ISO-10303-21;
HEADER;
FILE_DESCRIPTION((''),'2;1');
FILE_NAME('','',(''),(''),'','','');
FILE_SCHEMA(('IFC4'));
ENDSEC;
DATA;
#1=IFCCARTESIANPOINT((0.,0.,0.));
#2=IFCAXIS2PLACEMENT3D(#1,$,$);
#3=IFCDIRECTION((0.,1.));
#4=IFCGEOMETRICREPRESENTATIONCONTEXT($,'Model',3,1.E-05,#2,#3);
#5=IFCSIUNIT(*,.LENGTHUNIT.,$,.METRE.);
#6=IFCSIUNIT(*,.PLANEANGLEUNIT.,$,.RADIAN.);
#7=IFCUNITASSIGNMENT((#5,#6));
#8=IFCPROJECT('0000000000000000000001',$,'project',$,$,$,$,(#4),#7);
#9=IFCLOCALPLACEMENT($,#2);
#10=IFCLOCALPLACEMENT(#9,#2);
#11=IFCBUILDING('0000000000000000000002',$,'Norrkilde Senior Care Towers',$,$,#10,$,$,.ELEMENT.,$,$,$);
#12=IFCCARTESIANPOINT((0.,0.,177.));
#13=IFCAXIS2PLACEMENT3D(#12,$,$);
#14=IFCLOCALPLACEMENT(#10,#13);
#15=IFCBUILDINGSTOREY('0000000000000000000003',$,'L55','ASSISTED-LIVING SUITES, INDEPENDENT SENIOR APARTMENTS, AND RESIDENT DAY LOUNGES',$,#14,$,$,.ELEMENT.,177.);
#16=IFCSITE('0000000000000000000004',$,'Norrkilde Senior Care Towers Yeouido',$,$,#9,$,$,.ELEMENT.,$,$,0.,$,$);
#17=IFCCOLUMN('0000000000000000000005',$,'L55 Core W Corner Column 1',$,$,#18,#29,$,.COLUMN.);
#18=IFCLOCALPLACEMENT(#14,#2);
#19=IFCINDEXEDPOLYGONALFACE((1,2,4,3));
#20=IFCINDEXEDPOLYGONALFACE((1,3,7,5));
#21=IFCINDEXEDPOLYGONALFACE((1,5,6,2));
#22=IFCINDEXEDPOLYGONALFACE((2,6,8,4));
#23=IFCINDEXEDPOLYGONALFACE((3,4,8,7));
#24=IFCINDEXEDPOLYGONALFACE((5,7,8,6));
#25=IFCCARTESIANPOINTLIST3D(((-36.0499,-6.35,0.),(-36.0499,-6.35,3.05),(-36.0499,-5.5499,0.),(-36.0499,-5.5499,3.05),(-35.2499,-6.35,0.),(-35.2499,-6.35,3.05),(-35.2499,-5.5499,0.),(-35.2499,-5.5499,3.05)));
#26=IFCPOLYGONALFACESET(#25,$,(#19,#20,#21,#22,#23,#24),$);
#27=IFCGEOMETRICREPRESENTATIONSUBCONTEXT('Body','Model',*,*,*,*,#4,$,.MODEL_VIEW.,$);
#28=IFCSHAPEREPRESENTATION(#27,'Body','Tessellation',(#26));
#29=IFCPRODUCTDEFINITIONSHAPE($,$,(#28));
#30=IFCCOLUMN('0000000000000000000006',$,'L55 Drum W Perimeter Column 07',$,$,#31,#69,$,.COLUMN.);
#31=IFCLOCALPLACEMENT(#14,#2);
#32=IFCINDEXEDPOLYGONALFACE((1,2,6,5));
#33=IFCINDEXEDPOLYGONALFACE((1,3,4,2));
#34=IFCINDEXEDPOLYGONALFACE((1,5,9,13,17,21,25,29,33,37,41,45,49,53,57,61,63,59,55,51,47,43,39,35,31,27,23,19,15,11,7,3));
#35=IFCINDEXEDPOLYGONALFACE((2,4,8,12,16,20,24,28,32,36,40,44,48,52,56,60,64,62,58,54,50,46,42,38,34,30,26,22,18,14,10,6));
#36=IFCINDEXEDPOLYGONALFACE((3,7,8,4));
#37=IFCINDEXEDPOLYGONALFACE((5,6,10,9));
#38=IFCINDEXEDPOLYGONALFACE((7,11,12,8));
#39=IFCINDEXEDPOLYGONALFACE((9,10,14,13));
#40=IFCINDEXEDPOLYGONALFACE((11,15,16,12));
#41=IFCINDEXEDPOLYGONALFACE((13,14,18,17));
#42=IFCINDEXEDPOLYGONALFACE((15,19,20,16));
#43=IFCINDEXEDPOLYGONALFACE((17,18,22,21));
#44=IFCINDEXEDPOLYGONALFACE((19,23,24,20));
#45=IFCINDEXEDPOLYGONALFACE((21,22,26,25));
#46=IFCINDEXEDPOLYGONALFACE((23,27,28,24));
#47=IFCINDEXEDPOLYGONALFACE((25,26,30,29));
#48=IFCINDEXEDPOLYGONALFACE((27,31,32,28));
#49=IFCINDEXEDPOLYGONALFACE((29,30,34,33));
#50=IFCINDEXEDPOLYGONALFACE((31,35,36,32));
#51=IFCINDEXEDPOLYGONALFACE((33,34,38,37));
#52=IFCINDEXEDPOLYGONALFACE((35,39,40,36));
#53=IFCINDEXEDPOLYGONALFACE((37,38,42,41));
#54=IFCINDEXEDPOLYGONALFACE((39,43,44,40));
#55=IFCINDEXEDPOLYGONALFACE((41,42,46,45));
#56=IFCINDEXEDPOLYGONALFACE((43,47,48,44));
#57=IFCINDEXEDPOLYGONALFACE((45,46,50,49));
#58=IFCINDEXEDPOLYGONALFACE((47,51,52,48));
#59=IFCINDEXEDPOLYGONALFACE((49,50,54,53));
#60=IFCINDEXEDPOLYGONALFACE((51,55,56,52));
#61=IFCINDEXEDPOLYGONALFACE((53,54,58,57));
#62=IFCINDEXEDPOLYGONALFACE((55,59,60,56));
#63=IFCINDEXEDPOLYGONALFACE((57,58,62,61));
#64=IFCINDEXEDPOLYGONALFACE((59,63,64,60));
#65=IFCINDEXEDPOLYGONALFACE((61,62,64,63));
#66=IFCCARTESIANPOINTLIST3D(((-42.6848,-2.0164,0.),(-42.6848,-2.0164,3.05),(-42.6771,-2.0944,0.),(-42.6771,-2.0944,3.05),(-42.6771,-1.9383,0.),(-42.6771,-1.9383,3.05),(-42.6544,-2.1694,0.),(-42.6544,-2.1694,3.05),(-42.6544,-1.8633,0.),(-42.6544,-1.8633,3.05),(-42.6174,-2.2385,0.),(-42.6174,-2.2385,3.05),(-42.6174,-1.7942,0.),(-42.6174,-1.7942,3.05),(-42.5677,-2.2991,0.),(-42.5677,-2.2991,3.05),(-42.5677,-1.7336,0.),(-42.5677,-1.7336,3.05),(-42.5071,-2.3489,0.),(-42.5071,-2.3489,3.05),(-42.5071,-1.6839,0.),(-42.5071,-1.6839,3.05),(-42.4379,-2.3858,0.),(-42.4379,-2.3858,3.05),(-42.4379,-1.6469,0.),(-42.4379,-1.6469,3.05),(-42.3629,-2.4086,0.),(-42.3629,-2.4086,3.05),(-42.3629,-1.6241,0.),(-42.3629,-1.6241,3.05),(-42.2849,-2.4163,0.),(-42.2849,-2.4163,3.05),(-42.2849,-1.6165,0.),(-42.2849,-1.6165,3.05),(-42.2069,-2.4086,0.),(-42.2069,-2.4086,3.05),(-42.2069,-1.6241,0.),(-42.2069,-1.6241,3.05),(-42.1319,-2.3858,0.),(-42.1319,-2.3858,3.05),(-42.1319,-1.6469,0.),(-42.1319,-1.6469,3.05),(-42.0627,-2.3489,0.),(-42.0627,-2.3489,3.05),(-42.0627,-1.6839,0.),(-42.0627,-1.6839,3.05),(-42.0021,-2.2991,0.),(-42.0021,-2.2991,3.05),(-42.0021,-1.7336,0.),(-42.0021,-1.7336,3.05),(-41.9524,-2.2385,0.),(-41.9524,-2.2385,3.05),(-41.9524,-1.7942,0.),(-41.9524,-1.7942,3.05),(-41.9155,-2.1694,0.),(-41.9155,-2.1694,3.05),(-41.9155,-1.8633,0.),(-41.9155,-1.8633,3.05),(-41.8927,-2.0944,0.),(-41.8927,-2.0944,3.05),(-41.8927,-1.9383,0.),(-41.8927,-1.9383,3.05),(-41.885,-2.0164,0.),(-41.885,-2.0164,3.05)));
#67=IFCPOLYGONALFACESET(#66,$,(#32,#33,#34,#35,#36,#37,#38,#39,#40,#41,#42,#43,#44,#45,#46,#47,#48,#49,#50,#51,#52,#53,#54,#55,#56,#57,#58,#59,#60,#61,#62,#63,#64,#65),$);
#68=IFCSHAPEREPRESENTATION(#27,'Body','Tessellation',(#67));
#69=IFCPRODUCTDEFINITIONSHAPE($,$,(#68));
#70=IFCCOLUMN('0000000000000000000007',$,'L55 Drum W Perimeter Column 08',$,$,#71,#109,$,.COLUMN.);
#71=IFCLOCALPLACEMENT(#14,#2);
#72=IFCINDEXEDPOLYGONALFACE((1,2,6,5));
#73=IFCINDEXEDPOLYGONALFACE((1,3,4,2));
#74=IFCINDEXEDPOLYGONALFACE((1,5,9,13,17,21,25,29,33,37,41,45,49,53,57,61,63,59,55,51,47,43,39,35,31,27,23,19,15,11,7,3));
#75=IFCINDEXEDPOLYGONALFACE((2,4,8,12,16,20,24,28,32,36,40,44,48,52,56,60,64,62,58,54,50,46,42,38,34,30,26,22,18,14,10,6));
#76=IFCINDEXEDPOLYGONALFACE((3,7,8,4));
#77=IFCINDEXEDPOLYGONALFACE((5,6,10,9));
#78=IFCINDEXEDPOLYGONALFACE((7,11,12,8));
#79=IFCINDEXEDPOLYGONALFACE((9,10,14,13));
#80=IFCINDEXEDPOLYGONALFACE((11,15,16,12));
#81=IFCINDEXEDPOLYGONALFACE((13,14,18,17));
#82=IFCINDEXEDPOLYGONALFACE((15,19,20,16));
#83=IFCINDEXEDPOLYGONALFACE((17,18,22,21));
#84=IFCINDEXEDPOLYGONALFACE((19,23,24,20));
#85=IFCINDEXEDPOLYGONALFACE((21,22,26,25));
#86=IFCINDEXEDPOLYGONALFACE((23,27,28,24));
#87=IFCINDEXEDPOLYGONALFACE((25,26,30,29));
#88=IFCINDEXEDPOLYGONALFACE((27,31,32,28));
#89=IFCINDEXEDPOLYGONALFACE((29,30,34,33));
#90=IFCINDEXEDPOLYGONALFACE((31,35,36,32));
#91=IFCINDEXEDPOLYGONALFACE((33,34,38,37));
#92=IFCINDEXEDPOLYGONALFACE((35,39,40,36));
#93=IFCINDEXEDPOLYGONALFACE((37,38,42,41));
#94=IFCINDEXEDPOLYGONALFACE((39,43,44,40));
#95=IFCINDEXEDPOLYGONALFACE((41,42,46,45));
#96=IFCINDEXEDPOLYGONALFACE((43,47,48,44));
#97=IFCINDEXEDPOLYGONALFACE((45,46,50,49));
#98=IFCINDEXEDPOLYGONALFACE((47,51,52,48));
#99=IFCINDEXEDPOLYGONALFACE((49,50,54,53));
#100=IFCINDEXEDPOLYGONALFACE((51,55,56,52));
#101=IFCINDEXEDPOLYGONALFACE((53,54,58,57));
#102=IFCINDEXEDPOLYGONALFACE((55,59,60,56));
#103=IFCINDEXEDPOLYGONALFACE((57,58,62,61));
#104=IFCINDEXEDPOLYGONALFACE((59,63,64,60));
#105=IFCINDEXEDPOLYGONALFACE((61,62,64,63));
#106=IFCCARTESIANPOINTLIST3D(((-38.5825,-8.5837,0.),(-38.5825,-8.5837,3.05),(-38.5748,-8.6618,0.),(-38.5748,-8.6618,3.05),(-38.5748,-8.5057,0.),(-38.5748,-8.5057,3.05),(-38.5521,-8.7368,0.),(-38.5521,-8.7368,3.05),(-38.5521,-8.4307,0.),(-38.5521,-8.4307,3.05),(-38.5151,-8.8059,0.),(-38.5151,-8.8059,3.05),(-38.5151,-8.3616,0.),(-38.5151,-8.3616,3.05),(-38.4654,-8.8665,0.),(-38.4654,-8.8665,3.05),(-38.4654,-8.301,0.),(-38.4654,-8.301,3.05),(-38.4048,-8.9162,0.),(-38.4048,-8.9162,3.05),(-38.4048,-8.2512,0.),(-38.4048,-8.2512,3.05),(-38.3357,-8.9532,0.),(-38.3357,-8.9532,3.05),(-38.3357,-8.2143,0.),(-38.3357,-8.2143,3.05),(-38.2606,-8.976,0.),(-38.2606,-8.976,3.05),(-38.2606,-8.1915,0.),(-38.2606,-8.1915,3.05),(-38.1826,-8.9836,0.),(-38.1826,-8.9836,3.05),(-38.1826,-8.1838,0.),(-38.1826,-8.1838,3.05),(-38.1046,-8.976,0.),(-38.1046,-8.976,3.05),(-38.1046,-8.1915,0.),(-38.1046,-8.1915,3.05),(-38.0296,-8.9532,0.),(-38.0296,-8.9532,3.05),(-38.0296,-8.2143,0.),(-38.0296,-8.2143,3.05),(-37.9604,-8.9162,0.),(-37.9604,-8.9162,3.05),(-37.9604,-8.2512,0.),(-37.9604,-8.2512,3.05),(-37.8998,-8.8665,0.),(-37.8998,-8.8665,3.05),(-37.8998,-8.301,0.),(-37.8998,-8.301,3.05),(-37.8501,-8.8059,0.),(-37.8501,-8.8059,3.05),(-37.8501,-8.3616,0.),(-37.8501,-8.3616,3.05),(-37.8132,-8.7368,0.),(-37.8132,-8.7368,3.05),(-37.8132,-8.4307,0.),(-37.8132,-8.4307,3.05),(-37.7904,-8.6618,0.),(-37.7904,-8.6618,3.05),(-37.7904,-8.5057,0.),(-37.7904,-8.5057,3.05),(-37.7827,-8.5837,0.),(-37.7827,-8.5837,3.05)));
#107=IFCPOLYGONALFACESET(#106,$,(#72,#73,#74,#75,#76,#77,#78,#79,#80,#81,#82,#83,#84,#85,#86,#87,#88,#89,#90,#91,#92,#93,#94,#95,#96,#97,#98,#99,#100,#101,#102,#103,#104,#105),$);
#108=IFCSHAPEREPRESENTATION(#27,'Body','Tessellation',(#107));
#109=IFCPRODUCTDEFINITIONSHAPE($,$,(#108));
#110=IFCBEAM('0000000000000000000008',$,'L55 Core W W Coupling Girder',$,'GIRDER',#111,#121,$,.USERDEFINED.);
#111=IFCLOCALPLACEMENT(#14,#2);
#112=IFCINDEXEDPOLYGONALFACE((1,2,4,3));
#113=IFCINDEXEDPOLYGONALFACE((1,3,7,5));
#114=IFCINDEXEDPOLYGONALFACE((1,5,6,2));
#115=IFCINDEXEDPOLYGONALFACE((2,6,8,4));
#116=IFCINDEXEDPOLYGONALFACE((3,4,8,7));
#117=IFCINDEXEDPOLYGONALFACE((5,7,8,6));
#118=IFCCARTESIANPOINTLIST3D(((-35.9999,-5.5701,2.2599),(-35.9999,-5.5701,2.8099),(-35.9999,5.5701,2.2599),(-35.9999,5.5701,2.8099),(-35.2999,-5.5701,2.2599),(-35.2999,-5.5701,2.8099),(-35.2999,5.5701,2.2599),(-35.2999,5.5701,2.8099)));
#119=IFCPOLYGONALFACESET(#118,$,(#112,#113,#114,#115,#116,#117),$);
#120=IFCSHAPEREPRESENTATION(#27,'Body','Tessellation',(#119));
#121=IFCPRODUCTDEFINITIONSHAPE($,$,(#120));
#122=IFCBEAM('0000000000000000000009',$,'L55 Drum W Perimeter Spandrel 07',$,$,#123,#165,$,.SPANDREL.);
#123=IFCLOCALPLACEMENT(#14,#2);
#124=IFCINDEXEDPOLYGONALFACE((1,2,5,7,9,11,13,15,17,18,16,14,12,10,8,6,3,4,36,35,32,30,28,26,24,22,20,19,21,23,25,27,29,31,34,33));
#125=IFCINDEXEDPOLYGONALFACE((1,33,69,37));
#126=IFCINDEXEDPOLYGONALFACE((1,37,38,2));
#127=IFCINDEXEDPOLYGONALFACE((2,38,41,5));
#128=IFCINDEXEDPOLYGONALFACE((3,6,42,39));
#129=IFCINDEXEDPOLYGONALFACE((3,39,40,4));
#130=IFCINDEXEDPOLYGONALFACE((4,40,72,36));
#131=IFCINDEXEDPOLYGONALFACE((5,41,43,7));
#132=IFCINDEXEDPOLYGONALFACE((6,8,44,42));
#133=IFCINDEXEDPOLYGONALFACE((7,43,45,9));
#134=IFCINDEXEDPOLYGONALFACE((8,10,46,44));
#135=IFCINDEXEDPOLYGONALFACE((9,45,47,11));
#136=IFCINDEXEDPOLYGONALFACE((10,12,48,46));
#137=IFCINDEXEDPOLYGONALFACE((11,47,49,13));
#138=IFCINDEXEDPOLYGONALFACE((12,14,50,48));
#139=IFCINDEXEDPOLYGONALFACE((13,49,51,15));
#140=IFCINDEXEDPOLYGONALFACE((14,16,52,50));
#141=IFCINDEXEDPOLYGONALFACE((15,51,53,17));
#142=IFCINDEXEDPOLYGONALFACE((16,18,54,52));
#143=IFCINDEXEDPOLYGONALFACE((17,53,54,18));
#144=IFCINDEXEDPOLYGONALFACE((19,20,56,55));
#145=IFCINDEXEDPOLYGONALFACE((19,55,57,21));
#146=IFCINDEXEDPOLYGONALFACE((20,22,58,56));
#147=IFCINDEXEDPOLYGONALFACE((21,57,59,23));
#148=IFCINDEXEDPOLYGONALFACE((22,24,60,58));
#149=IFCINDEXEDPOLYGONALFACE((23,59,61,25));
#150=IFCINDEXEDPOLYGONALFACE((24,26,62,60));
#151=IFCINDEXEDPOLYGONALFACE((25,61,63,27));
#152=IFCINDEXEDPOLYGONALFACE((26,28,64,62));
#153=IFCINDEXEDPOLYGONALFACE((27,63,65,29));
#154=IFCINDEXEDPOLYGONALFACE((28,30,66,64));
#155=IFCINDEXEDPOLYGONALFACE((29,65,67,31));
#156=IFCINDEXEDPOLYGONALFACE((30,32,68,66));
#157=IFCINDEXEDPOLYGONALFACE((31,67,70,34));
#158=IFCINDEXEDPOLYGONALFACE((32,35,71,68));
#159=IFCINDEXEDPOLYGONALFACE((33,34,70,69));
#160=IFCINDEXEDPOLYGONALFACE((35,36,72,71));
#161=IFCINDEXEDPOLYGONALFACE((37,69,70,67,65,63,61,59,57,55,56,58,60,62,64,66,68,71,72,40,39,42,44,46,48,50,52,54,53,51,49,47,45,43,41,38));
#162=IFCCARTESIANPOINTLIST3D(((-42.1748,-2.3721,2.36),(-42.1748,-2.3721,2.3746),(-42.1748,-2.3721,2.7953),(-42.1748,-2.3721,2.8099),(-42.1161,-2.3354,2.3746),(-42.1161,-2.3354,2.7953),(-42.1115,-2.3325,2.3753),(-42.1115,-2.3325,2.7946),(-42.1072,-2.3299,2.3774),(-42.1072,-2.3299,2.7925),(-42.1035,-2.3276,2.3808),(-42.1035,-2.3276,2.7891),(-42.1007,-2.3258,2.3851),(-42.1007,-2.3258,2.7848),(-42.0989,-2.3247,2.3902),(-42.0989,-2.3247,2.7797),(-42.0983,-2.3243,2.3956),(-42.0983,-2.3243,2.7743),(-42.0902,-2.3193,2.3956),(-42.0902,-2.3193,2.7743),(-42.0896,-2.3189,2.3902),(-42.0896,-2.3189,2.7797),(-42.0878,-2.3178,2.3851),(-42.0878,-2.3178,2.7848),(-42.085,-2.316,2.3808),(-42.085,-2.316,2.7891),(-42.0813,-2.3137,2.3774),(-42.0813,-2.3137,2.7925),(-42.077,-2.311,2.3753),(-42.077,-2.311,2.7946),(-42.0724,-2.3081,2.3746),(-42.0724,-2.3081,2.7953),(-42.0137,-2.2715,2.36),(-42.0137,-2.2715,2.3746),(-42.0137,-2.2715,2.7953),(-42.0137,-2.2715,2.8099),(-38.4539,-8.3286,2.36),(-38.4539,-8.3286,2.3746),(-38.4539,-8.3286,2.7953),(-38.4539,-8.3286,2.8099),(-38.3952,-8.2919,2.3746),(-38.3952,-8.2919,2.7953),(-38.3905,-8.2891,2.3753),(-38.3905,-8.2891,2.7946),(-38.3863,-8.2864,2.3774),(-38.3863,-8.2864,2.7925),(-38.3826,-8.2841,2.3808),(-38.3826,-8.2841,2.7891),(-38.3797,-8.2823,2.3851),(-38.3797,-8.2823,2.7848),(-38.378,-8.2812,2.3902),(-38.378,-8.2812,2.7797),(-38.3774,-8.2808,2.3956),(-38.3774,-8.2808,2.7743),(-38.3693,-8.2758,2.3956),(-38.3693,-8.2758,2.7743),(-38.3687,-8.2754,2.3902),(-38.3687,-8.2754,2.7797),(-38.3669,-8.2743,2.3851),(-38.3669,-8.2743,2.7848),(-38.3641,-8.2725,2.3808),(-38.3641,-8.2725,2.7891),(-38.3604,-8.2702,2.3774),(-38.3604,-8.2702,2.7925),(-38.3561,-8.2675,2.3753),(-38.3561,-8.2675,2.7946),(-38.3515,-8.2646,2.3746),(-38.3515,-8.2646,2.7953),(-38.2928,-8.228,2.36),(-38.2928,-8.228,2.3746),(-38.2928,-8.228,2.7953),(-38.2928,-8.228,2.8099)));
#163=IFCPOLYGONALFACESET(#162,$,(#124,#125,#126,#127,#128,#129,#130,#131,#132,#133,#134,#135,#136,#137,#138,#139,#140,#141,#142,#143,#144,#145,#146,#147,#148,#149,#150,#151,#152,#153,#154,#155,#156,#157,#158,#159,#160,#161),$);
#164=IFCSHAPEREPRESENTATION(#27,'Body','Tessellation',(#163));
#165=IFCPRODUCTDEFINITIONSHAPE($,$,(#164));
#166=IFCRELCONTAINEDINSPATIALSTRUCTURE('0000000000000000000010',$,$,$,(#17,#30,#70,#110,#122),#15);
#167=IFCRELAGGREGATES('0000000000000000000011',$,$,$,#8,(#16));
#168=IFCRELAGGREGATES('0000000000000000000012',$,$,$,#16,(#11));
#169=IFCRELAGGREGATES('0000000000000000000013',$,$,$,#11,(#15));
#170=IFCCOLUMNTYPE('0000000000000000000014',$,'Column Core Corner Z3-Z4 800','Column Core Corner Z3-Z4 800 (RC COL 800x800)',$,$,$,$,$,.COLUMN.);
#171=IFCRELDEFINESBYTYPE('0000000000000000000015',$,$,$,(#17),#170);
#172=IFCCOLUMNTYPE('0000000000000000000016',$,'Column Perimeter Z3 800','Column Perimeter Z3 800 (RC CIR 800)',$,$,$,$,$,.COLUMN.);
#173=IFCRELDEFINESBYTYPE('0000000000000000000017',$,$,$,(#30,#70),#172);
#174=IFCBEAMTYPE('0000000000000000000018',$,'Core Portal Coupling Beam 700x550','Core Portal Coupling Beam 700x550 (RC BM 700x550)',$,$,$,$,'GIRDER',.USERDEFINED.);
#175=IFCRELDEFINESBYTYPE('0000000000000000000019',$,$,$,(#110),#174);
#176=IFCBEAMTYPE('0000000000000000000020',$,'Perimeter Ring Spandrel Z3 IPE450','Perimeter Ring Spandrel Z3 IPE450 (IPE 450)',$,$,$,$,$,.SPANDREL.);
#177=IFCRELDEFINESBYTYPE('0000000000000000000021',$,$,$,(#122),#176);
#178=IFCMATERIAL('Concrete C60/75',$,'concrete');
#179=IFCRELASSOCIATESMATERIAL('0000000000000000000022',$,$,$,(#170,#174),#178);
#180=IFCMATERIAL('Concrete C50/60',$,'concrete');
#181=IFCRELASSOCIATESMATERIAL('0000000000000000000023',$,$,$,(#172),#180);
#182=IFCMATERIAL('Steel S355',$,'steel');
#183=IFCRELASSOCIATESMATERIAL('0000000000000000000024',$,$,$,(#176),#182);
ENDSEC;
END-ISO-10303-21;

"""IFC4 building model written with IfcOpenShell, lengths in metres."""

from ifc_helpers import new_model, si_unit, direction, frame, origin, origin_2d, place, context, subcontext, project, spatial, rectangle, circle, i_section, extrude, source, transform, mapped, material, material_profile, profile_set, type_object, type_shapes, element, save


model = new_model("IFC4")

# Units and contexts
model_context = context("Model", 3, precision=1e-05, world=origin(), true_north=direction((0.0, 1.0)))
body_context = subcontext(model_context, "Body", "Model", "MODEL_VIEW")
ifc_project = project(units=[si_unit("LENGTHUNIT", "METRE"), si_unit("PLANEANGLEUNIT", "RADIAN")], contexts=[model_context])

# Site, building, storey
site_placement = place(None, origin())
site = spatial("IfcSite", under=ifc_project, at=site_placement, Name="Norrkilde Senior Care Towers Yeouido", CompositionType="ELEMENT", RefElevation=0.0)
building_placement = place(site_placement, origin())
building = spatial("IfcBuilding", under=site, at=building_placement, Name="Norrkilde Senior Care Towers", CompositionType="ELEMENT")
storey_placement = place(building_placement, frame((0.0, 0.0, 177.0)))
storey = spatial("IfcBuildingStorey", under=building, at=storey_placement, Name="L55", Description="ASSISTED-LIVING SUITES, INDEPENDENT SENIOR APARTMENTS, AND RESIDENT DAY LOUNGES", CompositionType="ELEMENT", Elevation=177.0)

# Columns
ifc_material_1 = material(Name="Concrete C60/75", Category="concrete")
ifc_material_profile_1 = material_profile(ifc_material_1, rectangle(XDim=0.8, YDim=0.8, at=origin_2d()), Name="RC COL 800x800")
ifc_profile_set_1 = profile_set([ifc_material_profile_1], Name="Concrete C60/75")
column_type_1 = type_object("IfcColumnType", Name="Column Core Corner Z3-Z4 800", Description="Column Core Corner Z3-Z4 800 (RC COL 800x800)", PredefinedType="COLUMN", material=ifc_profile_set_1)
shared_shape_1 = source(origin(), body_context, "Body", "SweptSolid", [
    extrude(rectangle(XDim=0.8, YDim=0.8, at=origin_2d()), origin(), (0.0, 0.0, 1.0), 3.05),
])
type_shapes(column_type_1, [shared_shape_1])
column_placement = place(storey_placement, frame((-35.6499, -5.95, 0.0), z_axis=(0.0, 0.0, 1.0), x_axis=(1.0, 0.0, 0.0)))
element("IfcColumn", 1, at=column_placement, inside=storey, type_object=column_type_1, Name="L55 Core W Corner Column 1", PredefinedType="COLUMN", context=body_context, shape_type="MappedRepresentation", body=[
    mapped(shared_shape_1, transform((0.0, 0.0, 0.0), x_axis=(1.0, 0.0, 0.0), y_axis=(0.0, 1.0, 0.0), z_axis=(0.0, 0.0, 1.0), scale=1.0)),
])
ifc_material_2 = material(Name="Concrete C50/60", Category="concrete")
ifc_material_profile_2 = material_profile(ifc_material_2, circle(Radius=0.3999, at=origin_2d()), Name="RC CIR 800")
ifc_profile_set_2 = profile_set([ifc_material_profile_2], Name="Concrete C50/60")
column_type_2 = type_object("IfcColumnType", Name="Column Perimeter Z3 800", Description="Column Perimeter Z3 800 (RC CIR 800)", PredefinedType="COLUMN", material=ifc_profile_set_2)
shared_shape_2 = source(origin(), body_context, "Body", "SweptSolid", [
    extrude(circle(Radius=0.3999, at=origin_2d()), origin(), (0.0, 0.0, 1.0), 3.05),
])
type_shapes(column_type_2, [shared_shape_2])
for number, where, z_axis, x_axis, name in (
    (2, (-42.2849, -2.0164, 0.0), (0.0, 0.0, 1.0), (1.0, 0.0, 0.0), "L55 Drum W Perimeter Column 07"),
    (3, (-38.1826, -8.5837, 0.0), (0.0, 0.0, 1.0), (1.0, 0.0, 0.0), "L55 Drum W Perimeter Column 08"),
):
    element("IfcColumn", number, at=place(storey_placement, frame(where, z_axis=z_axis, x_axis=x_axis)), inside=storey, type_object=column_type_2, Name=name, PredefinedType="COLUMN", context=body_context, shape_type="MappedRepresentation", body=[
        mapped(shared_shape_2, transform((0.0, 0.0, 0.0), x_axis=(1.0, 0.0, 0.0), y_axis=(0.0, 1.0, 0.0), z_axis=(0.0, 0.0, 1.0), scale=1.0)),
    ])

# Beams
ifc_material_profile_3 = material_profile(ifc_material_1, rectangle(XDim=0.7, YDim=0.55, at=origin_2d()), Name="RC BM 700x550")
ifc_profile_set_3 = profile_set([ifc_material_profile_3], Name="Concrete C60/75")
beam_type_1 = type_object("IfcBeamType", Name="Core Portal Coupling Beam 700x550", Description="Core Portal Coupling Beam 700x550 (RC BM 700x550)", ElementType="GIRDER", PredefinedType="USERDEFINED", material=ifc_profile_set_3)
shared_shape_3 = source(origin(), body_context, "Body", "SweptSolid", [
    extrude(rectangle(XDim=0.7, YDim=0.55, at=origin_2d()), origin(), (0.0, 0.0, 1.0), 11.1401),
])
type_shapes(beam_type_1, [shared_shape_3])
beam_1_placement = place(storey_placement, frame((-35.6499, -5.5701, 2.5349), z_axis=(0.0, 1.0, 0.0), x_axis=(-1.0, 0.0, 0.0)))
element("IfcBeam", 4, at=beam_1_placement, inside=storey, type_object=beam_type_1, Name="L55 Core W W Coupling Girder", ObjectType="GIRDER", PredefinedType="USERDEFINED", context=body_context, shape_type="MappedRepresentation", body=[
    mapped(shared_shape_3, transform((0.0, 0.0, 0.0), x_axis=(1.0, 0.0, 0.0), y_axis=(0.0, 1.0, 0.0), z_axis=(0.0, 0.0, 1.0), scale=1.0)),
])
ifc_material_3 = material(Name="Steel S355", Category="steel")
ifc_material_profile_4 = material_profile(ifc_material_3, i_section(OverallWidth=0.1899, OverallDepth=0.45, WebThickness=0.0095, FlangeThickness=0.0146, FilletRadius=0.021, at=origin_2d()), Name="IPE 450")
ifc_profile_set_4 = profile_set([ifc_material_profile_4], Name="Steel S355")
beam_type_2 = type_object("IfcBeamType", Name="Perimeter Ring Spandrel Z3 IPE450", Description="Perimeter Ring Spandrel Z3 IPE450 (IPE 450)", PredefinedType="SPANDREL", material=ifc_profile_set_4)
shared_shape_4 = source(origin(), body_context, "Body", "SweptSolid", [
    extrude(i_section(OverallWidth=0.1899, OverallDepth=0.45, WebThickness=0.0095, FlangeThickness=0.0146, FilletRadius=0.021, at=origin_2d()), origin(), (0.0, 0.0, 1.0), 7.0232),
])
beam_2_placement = place(storey_placement, frame((-42.0942, -2.3218, 2.585), z_axis=(0.529805, -0.848119, 0.0), x_axis=(0.848119, 0.529805, 0.0)))
element("IfcBeam", 5, at=beam_2_placement, inside=storey, type_object=beam_type_2, Name="L55 Drum W Perimeter Spandrel 07", PredefinedType="SPANDREL", context=body_context, shape_type="MappedRepresentation", body=[
    mapped(shared_shape_4, transform((0.0, 0.0, 0.0), x_axis=(1.0, 0.0, 0.0), y_axis=(0.0, 1.0, 0.0), z_axis=(0.0, 0.0, 1.0), scale=1.0)),
])

save(model, "model.ifc")
